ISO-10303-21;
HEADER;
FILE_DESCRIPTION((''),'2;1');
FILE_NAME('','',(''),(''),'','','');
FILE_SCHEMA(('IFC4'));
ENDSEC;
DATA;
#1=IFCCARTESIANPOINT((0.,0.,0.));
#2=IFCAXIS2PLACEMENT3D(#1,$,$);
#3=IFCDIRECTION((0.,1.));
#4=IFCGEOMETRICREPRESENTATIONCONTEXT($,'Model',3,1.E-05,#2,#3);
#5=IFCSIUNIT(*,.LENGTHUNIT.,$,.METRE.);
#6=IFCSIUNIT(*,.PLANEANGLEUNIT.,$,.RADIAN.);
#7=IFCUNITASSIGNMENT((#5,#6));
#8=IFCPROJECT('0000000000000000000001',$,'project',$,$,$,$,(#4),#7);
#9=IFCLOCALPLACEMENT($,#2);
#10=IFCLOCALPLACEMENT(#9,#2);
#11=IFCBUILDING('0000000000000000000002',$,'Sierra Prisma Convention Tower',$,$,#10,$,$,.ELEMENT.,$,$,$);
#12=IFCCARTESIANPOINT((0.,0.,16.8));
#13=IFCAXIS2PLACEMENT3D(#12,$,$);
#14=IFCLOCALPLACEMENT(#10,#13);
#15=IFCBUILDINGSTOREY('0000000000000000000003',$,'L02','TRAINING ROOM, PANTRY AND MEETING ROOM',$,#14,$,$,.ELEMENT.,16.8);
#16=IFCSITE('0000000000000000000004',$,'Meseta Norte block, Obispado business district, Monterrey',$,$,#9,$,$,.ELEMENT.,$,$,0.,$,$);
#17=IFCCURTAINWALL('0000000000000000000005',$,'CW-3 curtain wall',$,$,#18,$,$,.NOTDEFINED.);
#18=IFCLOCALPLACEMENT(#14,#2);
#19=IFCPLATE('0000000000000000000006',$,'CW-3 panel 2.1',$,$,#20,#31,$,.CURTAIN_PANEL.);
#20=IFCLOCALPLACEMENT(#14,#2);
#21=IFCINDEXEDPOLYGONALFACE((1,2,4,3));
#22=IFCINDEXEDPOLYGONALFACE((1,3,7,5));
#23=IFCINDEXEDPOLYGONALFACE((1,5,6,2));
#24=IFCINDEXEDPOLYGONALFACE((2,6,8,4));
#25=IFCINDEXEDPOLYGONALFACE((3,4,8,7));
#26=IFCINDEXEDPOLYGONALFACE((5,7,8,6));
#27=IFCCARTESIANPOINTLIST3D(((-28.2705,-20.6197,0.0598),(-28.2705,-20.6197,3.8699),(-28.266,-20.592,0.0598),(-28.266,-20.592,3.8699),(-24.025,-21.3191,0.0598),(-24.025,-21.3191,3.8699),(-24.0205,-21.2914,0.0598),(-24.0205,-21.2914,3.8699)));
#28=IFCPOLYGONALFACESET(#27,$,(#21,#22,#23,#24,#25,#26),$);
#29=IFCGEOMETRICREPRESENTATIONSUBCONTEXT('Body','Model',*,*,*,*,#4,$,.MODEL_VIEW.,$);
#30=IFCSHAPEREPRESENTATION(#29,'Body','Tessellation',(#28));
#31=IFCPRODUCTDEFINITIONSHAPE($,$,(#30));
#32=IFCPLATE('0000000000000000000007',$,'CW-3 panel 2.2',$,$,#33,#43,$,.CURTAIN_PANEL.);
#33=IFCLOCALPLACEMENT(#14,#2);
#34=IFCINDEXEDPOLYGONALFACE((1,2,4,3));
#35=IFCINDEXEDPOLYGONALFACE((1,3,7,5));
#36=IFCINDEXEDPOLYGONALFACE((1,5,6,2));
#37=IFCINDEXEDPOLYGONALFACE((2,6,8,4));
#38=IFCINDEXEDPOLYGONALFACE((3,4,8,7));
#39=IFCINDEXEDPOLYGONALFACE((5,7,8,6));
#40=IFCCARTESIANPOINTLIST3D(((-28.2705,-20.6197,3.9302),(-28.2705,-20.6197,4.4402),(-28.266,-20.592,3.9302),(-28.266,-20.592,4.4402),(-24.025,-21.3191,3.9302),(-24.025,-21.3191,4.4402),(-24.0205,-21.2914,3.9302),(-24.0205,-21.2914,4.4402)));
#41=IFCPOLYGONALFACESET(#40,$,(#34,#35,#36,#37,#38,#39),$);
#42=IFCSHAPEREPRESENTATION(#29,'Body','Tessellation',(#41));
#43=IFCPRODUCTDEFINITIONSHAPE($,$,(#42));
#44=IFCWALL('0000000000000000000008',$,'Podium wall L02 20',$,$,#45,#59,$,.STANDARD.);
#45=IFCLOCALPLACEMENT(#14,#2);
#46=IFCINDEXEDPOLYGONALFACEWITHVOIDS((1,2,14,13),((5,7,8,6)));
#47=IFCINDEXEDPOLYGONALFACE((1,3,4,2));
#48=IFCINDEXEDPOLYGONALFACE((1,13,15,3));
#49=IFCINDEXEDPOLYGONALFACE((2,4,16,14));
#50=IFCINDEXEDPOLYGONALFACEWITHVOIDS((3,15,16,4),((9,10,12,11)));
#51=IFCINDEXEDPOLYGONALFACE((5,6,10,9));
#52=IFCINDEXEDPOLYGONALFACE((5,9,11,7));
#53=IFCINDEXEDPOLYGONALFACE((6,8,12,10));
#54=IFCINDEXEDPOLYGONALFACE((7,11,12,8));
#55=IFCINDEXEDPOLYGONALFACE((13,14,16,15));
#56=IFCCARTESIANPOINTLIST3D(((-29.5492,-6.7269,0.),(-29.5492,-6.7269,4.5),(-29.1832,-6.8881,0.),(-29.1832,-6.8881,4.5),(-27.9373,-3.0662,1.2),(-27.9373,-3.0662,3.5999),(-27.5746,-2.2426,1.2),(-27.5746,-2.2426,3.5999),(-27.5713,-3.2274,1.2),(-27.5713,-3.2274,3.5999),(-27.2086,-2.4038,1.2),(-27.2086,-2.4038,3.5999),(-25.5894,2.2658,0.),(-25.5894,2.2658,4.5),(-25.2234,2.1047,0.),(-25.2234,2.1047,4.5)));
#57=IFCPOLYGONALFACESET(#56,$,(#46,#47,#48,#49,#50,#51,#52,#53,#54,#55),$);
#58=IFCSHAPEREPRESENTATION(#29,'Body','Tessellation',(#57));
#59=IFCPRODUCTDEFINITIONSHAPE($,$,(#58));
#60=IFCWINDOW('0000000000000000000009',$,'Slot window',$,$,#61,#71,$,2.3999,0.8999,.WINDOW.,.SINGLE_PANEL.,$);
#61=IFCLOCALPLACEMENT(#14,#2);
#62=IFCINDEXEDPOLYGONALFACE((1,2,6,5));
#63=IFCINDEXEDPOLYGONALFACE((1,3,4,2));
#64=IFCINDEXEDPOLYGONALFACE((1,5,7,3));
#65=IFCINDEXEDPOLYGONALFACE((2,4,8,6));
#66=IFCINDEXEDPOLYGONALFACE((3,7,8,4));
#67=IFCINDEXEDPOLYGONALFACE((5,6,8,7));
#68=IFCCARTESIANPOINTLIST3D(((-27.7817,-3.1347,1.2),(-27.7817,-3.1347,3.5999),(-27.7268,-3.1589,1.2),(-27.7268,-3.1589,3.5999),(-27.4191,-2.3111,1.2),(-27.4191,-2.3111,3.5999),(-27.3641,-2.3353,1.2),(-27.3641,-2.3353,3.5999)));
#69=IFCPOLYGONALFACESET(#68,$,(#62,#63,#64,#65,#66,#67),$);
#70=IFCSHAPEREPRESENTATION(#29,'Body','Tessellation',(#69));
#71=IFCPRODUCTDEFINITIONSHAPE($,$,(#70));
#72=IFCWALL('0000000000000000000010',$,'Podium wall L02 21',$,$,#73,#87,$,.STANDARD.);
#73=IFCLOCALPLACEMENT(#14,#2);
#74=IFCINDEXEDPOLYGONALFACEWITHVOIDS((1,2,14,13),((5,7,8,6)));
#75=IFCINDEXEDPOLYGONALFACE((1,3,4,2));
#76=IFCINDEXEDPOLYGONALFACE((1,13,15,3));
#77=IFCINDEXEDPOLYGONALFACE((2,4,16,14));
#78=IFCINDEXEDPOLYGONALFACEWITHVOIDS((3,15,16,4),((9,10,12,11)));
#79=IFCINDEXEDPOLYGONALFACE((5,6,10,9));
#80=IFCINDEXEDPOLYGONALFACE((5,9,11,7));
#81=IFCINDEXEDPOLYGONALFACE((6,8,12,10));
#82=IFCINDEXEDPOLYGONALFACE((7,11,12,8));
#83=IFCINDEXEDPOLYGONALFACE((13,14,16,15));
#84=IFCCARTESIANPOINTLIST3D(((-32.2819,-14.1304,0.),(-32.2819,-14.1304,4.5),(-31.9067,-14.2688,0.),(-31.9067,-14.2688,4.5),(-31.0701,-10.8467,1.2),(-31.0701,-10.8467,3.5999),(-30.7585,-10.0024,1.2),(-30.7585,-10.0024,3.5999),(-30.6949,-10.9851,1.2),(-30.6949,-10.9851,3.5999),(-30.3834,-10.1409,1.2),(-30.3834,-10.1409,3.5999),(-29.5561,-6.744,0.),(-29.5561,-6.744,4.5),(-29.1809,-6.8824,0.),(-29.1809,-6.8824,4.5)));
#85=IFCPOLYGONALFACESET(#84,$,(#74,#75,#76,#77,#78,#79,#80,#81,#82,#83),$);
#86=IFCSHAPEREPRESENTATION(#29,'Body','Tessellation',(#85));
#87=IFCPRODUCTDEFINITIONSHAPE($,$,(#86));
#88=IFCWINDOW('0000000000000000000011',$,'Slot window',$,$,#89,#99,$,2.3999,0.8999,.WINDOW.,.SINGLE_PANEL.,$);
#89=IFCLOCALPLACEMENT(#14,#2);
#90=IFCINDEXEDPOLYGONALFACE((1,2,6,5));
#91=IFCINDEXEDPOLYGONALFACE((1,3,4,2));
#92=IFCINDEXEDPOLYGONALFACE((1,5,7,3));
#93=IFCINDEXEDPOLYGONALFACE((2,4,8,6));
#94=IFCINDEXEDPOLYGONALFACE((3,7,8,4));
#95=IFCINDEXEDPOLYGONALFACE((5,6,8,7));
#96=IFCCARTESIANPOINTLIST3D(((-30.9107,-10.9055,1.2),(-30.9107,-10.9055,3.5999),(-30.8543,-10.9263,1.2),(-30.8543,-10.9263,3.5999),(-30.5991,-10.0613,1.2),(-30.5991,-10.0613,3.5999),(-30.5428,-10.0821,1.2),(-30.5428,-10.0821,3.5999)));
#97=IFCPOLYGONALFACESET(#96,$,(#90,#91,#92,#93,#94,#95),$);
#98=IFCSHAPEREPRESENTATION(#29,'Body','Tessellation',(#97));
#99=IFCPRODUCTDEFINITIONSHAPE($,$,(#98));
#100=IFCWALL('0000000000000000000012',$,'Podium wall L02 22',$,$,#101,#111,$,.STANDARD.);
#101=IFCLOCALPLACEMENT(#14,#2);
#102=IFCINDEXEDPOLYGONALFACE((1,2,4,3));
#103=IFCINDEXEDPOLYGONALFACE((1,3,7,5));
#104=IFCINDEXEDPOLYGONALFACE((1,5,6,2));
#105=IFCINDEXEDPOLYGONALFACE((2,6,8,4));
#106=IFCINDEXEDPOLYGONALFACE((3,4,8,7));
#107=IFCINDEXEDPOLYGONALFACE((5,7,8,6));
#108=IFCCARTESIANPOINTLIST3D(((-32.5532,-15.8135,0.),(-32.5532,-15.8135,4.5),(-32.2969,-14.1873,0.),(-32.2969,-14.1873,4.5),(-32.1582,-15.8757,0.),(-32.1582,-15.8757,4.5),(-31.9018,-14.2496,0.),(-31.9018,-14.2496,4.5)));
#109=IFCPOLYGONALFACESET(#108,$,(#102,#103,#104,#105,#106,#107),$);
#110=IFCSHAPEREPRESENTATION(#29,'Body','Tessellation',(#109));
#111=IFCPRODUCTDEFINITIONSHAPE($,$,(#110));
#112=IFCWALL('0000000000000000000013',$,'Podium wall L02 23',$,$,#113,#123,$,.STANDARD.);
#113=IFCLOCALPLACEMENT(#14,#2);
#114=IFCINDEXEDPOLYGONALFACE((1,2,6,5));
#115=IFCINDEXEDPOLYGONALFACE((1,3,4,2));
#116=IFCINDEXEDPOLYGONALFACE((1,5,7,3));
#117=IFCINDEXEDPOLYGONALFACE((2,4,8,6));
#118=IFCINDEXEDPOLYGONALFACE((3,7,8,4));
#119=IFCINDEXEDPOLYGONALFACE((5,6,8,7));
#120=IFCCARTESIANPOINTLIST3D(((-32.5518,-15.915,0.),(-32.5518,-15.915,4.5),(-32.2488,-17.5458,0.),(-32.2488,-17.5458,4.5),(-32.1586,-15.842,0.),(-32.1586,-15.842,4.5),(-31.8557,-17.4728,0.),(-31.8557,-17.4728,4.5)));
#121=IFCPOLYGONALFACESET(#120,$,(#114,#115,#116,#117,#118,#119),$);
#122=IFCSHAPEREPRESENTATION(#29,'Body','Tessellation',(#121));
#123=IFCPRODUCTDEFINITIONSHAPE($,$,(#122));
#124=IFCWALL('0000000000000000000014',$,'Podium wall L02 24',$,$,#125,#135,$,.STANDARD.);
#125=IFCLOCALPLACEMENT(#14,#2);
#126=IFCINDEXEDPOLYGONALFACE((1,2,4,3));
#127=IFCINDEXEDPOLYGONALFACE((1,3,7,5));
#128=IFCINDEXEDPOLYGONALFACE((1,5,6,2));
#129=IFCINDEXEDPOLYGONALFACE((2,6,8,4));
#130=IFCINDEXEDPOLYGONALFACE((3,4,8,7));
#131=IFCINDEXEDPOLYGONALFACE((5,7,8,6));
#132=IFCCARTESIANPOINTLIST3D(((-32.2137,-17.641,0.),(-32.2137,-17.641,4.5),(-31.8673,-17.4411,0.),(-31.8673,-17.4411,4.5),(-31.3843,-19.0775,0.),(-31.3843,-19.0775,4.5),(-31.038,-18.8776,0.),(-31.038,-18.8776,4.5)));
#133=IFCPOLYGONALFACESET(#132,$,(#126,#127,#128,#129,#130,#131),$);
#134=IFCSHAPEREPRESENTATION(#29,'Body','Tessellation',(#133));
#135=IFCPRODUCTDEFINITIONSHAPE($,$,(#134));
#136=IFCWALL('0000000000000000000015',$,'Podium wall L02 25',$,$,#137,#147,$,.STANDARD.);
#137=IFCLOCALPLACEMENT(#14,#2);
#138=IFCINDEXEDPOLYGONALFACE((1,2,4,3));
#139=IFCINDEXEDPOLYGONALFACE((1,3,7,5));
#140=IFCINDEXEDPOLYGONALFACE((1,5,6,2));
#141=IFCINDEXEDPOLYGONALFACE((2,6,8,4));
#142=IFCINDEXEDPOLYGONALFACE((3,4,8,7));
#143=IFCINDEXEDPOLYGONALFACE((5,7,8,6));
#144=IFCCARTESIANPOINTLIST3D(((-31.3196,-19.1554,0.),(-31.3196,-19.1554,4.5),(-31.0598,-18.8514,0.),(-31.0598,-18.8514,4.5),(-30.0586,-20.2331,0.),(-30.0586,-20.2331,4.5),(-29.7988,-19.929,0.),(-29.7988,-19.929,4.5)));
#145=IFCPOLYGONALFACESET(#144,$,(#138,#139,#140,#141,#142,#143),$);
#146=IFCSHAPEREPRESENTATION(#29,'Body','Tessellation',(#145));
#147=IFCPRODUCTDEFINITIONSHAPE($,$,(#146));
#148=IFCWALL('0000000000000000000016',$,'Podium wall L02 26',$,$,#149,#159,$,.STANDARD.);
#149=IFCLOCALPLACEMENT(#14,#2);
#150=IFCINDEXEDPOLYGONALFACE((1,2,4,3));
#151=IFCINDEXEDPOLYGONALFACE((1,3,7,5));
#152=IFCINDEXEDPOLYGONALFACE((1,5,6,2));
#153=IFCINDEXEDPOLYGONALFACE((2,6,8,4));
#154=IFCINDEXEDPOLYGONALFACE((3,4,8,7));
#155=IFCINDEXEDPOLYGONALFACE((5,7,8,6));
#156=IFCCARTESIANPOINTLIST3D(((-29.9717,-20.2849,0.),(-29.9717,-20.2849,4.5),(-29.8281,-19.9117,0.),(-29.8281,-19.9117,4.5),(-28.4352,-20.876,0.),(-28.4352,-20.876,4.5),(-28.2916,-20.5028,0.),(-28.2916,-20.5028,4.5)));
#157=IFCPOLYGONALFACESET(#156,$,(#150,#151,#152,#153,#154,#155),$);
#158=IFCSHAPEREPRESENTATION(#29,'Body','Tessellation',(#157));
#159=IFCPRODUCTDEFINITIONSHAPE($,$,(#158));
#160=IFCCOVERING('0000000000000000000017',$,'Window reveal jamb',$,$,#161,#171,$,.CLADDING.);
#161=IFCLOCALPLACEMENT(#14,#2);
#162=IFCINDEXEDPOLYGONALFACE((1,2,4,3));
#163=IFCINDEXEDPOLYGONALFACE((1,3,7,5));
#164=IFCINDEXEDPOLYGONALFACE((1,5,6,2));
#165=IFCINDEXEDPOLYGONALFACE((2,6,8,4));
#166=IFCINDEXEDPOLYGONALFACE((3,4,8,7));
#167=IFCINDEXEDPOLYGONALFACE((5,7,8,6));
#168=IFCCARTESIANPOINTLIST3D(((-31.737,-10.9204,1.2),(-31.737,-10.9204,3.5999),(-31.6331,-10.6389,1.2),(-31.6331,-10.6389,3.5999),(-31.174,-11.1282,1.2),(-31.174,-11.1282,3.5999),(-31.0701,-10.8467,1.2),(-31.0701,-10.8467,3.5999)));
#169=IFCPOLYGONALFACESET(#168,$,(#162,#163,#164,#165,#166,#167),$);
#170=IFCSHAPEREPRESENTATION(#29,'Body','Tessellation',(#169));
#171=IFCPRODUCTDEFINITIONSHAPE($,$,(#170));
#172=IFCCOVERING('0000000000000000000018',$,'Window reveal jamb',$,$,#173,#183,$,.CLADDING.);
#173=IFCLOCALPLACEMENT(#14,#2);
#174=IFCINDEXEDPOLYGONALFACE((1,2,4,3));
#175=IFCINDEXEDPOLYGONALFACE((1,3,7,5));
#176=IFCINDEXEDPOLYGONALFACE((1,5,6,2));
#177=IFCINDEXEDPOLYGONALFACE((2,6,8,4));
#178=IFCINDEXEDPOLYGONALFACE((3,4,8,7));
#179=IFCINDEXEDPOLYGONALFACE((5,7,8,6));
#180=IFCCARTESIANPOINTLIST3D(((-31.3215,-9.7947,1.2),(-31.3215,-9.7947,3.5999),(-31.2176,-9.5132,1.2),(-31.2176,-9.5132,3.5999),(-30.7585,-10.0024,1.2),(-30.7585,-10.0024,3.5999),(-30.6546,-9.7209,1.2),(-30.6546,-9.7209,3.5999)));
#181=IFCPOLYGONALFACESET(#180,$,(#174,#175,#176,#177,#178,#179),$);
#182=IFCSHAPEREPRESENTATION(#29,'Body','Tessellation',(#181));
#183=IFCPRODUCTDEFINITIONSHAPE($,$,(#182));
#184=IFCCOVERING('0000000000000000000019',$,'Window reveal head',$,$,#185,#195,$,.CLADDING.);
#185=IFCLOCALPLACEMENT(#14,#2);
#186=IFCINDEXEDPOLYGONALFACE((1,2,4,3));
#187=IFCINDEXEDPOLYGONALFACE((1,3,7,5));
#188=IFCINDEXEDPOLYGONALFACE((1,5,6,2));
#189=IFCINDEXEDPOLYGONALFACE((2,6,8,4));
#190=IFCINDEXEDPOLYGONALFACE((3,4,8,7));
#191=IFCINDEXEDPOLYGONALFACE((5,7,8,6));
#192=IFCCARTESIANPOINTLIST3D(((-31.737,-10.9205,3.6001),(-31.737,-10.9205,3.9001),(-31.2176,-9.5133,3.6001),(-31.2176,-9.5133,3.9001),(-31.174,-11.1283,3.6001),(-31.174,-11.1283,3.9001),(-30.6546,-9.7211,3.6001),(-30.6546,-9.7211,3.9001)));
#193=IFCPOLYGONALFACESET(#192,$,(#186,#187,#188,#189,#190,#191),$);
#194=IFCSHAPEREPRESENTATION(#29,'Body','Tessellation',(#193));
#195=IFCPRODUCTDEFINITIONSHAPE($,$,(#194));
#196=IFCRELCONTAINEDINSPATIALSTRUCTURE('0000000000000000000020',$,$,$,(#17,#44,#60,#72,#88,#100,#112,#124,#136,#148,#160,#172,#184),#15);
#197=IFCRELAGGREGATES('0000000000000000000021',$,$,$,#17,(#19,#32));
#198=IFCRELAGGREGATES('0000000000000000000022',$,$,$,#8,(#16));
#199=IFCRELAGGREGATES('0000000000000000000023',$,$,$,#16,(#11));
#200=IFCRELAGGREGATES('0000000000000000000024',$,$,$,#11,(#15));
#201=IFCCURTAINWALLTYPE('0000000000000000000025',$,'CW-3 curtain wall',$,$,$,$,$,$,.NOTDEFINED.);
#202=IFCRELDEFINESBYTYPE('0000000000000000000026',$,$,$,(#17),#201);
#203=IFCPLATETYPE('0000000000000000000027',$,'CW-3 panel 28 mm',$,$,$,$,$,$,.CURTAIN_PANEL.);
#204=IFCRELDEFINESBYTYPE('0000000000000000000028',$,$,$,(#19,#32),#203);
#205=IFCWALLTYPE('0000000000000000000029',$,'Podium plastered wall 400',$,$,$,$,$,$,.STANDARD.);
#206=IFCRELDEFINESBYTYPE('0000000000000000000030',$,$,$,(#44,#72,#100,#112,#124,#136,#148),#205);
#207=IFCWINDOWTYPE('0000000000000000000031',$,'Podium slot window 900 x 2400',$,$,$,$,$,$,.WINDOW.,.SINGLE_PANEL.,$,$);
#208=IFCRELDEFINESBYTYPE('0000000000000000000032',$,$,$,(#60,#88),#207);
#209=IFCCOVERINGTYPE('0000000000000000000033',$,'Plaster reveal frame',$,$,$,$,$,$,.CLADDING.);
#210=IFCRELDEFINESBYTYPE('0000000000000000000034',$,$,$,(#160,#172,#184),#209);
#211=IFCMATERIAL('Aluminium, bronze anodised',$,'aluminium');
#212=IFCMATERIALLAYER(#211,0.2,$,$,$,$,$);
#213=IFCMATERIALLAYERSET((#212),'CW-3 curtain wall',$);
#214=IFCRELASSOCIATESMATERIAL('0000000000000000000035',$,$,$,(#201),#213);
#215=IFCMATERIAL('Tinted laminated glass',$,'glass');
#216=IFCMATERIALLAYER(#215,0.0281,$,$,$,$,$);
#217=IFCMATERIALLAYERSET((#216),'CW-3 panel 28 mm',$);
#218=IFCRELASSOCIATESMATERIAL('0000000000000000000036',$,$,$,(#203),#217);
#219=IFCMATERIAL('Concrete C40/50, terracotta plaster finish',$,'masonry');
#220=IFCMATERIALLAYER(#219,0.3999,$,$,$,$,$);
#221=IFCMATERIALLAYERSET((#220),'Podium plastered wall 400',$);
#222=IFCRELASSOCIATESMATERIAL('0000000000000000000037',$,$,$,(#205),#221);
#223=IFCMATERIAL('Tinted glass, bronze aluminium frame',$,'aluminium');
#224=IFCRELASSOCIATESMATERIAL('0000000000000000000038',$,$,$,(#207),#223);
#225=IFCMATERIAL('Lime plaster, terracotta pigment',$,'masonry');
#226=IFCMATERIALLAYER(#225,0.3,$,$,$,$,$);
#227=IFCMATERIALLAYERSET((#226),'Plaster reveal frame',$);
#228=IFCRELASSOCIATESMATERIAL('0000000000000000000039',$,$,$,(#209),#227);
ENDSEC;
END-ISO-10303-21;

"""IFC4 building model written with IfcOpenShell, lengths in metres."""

from ifc_helpers import new_model, si_unit, direction, frame, frame_2d, origin, origin_2d, place, context, subcontext, project, spatial, rectangle, extrude, material, layer, layer_set, type_object, element, fill, aggregate, save


model = new_model("IFC4")

# Units and contexts
model_context = context("Model", 3, precision=1e-05, world=origin(), true_north=direction((0.0, 1.0)))
body_context = subcontext(model_context, "Body", "Model", "MODEL_VIEW")
ifc_project = project(units=[si_unit("LENGTHUNIT", "METRE"), si_unit("PLANEANGLEUNIT", "RADIAN")], contexts=[model_context])

# Site, building, storey
site_placement = place(None, origin())
site = spatial("IfcSite", under=ifc_project, at=site_placement, Name="Meseta Norte block, Obispado business district, Monterrey", CompositionType="ELEMENT", RefElevation=0.0)
building_placement = place(site_placement, origin())
building = spatial("IfcBuilding", under=site, at=building_placement, Name="Sierra Prisma Convention Tower", CompositionType="ELEMENT")
storey_placement = place(building_placement, frame((0.0, 0.0, 16.8)))
storey = spatial("IfcBuildingStorey", under=building, at=storey_placement, Name="L02", Description="TRAINING ROOM, PANTRY AND MEETING ROOM", CompositionType="ELEMENT", Elevation=16.8)

# Curtain wall
ifc_material_1 = material(Name="Aluminium, bronze anodised", Category="aluminium")
ifc_layer_1 = layer(ifc_material_1, 0.2)
ifc_layer_set_1 = layer_set([ifc_layer_1], Name="CW-3 curtain wall")
curtain_wall_type = type_object("IfcCurtainWallType", Name="CW-3 curtain wall", PredefinedType="NOTDEFINED", material=ifc_layer_set_1)
curtain_wall_placement = place(storey_placement, origin())
curtain_wall = element("IfcCurtainWall", 1, at=curtain_wall_placement, inside=storey, type_object=curtain_wall_type, Name="CW-3 curtain wall", PredefinedType="NOTDEFINED")

# Plates
ifc_material_2 = material(Name="Tinted laminated glass", Category="glass")
ifc_layer_2 = layer(ifc_material_2, 0.0281)
ifc_layer_set_2 = layer_set([ifc_layer_2], Name="CW-3 panel 28 mm")
plate_type = type_object("IfcPlateType", Name="CW-3 panel 28 mm", PredefinedType="CURTAIN_PANEL", material=ifc_layer_set_2)
plate_1_placement = place(storey_placement, frame((-26.1455, -20.9556, 0.0598), z_axis=(0.0, 0.0, 1.0), x_axis=(-0.986702, 0.162542, 0.0)))
plate_1 = element("IfcPlate", 2, at=plate_1_placement, type_object=plate_type, Name="CW-3 panel 2.1", PredefinedType="CURTAIN_PANEL", context=body_context, shape_type="SweptSolid", body=[
    extrude(rectangle(XDim=4.3027, YDim=0.0281, at=origin_2d()), origin(), (0.0, 0.0, 1.0), 3.8101),
])
plate_2_placement = place(storey_placement, frame((-26.1455, -20.9556, 3.9302), z_axis=(0.0, 0.0, 1.0), x_axis=(-0.986702, 0.162542, 0.0)))
plate_2 = element("IfcPlate", 3, at=plate_2_placement, type_object=plate_type, Name="CW-3 panel 2.2", PredefinedType="CURTAIN_PANEL", context=body_context, shape_type="SweptSolid", body=[
    extrude(rectangle(XDim=4.3027, YDim=0.0281, at=origin_2d()), origin(), (0.0, 0.0, 1.0), 0.51),
])
aggregate(curtain_wall, [plate_1, plate_2])

# Walls, openings, windows
ifc_material_3 = material(Name="Concrete C40/50, terracotta plaster finish", Category="masonry")
ifc_layer_3 = layer(ifc_material_3, 0.3999)
ifc_layer_set_3 = layer_set([ifc_layer_3], Name="Podium plastered wall 400")
wall_type = type_object("IfcWallType", Name="Podium plastered wall 400", PredefinedType="STANDARD", material=ifc_layer_set_3)
wall_1_placement = place(storey_placement, frame((-29.3662, -6.8076, 0.0), z_axis=(0.0, 0.0, 1.0), x_axis=(0.402989, 0.915205, 0.0)))
wall_1 = element("IfcWall", 4, at=wall_1_placement, inside=storey, type_object=wall_type, Name="Podium wall L02 20", PredefinedType="STANDARD", context=body_context, shape_type="SweptSolid", body=[
    extrude(rectangle(XDim=9.8259, YDim=0.3999, at=frame_2d((4.9131, 0.0))), origin(), (0.0, 0.0, 1.0), 4.5),
])
opening_1_placement = place(wall_1_placement, frame((4.0, 0.0, 1.2)))
opening_1 = element("IfcOpeningElement", 5, at=opening_1_placement, cuts=wall_1, PredefinedType="OPENING", context=body_context, shape_type="SweptSolid", body=[
    extrude(rectangle(XDim=0.8999, YDim=2.3999, at=frame_2d((0.45, 1.2))), frame((0.0, 0.2, 0.0), z_axis=(0.0, -1.0, 0.0), x_axis=(1.0, 0.0, 0.0)), (0.0, 0.0, 1.0), 0.3999),
])
ifc_material_4 = material(Name="Tinted glass, bronze aluminium frame", Category="aluminium")
window_type = type_object("IfcWindowType", Name="Podium slot window 900 x 2400", PartitioningType="SINGLE_PANEL", PredefinedType="WINDOW", material=ifc_material_4)
window_1_placement = place(opening_1_placement, origin())
window_1 = element("IfcWindow", 6, at=window_1_placement, inside=storey, type_object=window_type, Name="Slot window", OverallHeight=2.3999, OverallWidth=0.8999, PartitioningType="SINGLE_PANEL", PredefinedType="WINDOW", context=body_context, shape_type="SweptSolid", body=[
    extrude(rectangle(XDim=0.8999, YDim=2.3999, at=frame_2d((0.45, 1.2))), frame((0.0, 0.03, 0.0), z_axis=(0.0, -1.0, 0.0), x_axis=(1.0, 0.0, 0.0)), (0.0, 0.0, 1.0), 0.0601),
])
fill(opening_1, window_1)
wall_2_placement = place(storey_placement, frame((-32.0942, -14.1995, 0.0), z_axis=(0.0, 0.0, 1.0), x_axis=(0.346208, 0.938158, 0.0)))
wall_2 = element("IfcWall", 7, at=wall_2_placement, inside=storey, type_object=wall_type, Name="Podium wall L02 21", PredefinedType="STANDARD", context=body_context, shape_type="SweptSolid", body=[
    extrude(rectangle(XDim=7.8733, YDim=0.3999, at=frame_2d((3.9365, 0.0))), origin(), (0.0, 0.0, 1.0), 4.5),
])
opening_2_placement = place(wall_2_placement, frame((3.5, 0.0, 1.2)))
opening_2 = element("IfcOpeningElement", 8, at=opening_2_placement, cuts=wall_2, PredefinedType="OPENING", context=body_context, shape_type="SweptSolid", body=[
    extrude(rectangle(XDim=0.8999, YDim=2.3999, at=frame_2d((0.45, 1.2))), frame((0.0, 0.2, 0.0), z_axis=(0.0, -1.0, 0.0), x_axis=(1.0, 0.0, 0.0)), (0.0, 0.0, 1.0), 0.3999),
])
window_2_placement = place(opening_2_placement, origin())
window_2 = element("IfcWindow", 9, at=window_2_placement, inside=storey, type_object=window_type, Name="Slot window", OverallHeight=2.3999, OverallWidth=0.8999, PartitioningType="SINGLE_PANEL", PredefinedType="WINDOW", context=body_context, shape_type="SweptSolid", body=[
    extrude(rectangle(XDim=0.8999, YDim=2.3999, at=frame_2d((0.45, 1.2))), frame((0.0, 0.03, 0.0), z_axis=(0.0, -1.0, 0.0), x_axis=(1.0, 0.0, 0.0)), (0.0, 0.0, 1.0), 0.0601),
])
fill(opening_2, window_2)

# Walls
wall_3_placement = place(storey_placement, frame((-32.3557, -15.8447, 0.0), z_axis=(0.0, 0.0, 1.0), x_axis=(0.155711, 0.987803, 0.0)))
element("IfcWall", 10, at=wall_3_placement, inside=storey, type_object=wall_type, Name="Podium wall L02 22", PredefinedType="STANDARD", context=body_context, shape_type="SweptSolid", body=[
    extrude(rectangle(XDim=1.6462, YDim=0.3999, at=frame_2d((0.8232, 0.0))), origin(), (0.0, 0.0, 1.0), 4.5),
])
for number, where, z_axis, x_axis, name in (
    (11, (-32.0522, -17.5093, 0.0), (0.0, 0.0, 1.0), (-0.182653, 0.983177, 0.0), "Podium wall L02 23"),
    (12, (-31.2112, -18.9775, 0.0), (0.0, 0.0, 1.0), (-0.499986, 0.866034, 0.0), "Podium wall L02 24"),
    (13, (-29.9287, -20.0811, 0.0), (0.0, 0.0, 1.0), (-0.760212, 0.649676, 0.0), "Podium wall L02 25"),
):
    element("IfcWall", number, at=place(storey_placement, frame(where, z_axis=z_axis, x_axis=x_axis)), inside=storey, type_object=wall_type, Name=name, PredefinedType="STANDARD", context=body_context, shape_type="SweptSolid", body=[
        extrude(rectangle(XDim=1.6587, YDim=0.3999, at=frame_2d((0.8293, 0.0))), origin(), (0.0, 0.0, 1.0), 4.5),
    ])
wall_4_placement = place(storey_placement, frame((-28.3633, -20.6895, 0.0), z_axis=(0.0, 0.0, 1.0), x_axis=(-0.933315, 0.359059, 0.0)))
element("IfcWall", 14, at=wall_4_placement, inside=storey, type_object=wall_type, Name="Podium wall L02 26", PredefinedType="STANDARD", context=body_context, shape_type="SweptSolid", body=[
    extrude(rectangle(XDim=1.6462, YDim=0.3999, at=frame_2d((0.8232, 0.0))), origin(), (0.0, 0.0, 1.0), 4.5),
])

# Coverings
ifc_material_5 = material(Name="Lime plaster, terracotta pigment", Category="masonry")
ifc_layer_4 = layer(ifc_material_5, 0.3)
ifc_layer_set_4 = layer_set([ifc_layer_4], Name="Plaster reveal frame")
covering_type = type_object("IfcCoveringType", Name="Plaster reveal frame", PredefinedType="CLADDING", material=ifc_layer_set_4)
for number, where, z_axis, x_axis, name in (
    (15, (-31.4036, -10.8835, 1.2), (0.0, 0.0, 1.0), (0.346215, 0.938155, 0.0), "Window reveal jamb"),
    (16, (-30.988, -9.7578, 1.2), (0.0, 0.0, 1.0), (0.346215, 0.938155, 0.0), "Window reveal jamb"),
):
    element("IfcCovering", number, at=place(storey_placement, frame(where, z_axis=z_axis, x_axis=x_axis)), inside=storey, type_object=covering_type, Name=name, PredefinedType="CLADDING", context=body_context, shape_type="SweptSolid", body=[
        extrude(rectangle(XDim=0.3, YDim=0.6001, at=origin_2d()), origin(), (0.0, 0.0, 1.0), 2.3999),
    ])
for number, where, z_axis, x_axis, name in (
    (17, (-31.1958, -10.3208, 3.6001), (0.0, 0.0, 1.0), (0.346215, 0.938155, 0.0), "Window reveal head"),
):
    element("IfcCovering", number, at=place(storey_placement, frame(where, z_axis=z_axis, x_axis=x_axis)), inside=storey, type_object=covering_type, Name=name, PredefinedType="CLADDING", context=body_context, shape_type="SweptSolid", body=[
        extrude(rectangle(XDim=1.5, YDim=0.6001, at=origin_2d()), origin(), (0.0, 0.0, 1.0), 0.3),
    ])

save(model, "model.ifc")
